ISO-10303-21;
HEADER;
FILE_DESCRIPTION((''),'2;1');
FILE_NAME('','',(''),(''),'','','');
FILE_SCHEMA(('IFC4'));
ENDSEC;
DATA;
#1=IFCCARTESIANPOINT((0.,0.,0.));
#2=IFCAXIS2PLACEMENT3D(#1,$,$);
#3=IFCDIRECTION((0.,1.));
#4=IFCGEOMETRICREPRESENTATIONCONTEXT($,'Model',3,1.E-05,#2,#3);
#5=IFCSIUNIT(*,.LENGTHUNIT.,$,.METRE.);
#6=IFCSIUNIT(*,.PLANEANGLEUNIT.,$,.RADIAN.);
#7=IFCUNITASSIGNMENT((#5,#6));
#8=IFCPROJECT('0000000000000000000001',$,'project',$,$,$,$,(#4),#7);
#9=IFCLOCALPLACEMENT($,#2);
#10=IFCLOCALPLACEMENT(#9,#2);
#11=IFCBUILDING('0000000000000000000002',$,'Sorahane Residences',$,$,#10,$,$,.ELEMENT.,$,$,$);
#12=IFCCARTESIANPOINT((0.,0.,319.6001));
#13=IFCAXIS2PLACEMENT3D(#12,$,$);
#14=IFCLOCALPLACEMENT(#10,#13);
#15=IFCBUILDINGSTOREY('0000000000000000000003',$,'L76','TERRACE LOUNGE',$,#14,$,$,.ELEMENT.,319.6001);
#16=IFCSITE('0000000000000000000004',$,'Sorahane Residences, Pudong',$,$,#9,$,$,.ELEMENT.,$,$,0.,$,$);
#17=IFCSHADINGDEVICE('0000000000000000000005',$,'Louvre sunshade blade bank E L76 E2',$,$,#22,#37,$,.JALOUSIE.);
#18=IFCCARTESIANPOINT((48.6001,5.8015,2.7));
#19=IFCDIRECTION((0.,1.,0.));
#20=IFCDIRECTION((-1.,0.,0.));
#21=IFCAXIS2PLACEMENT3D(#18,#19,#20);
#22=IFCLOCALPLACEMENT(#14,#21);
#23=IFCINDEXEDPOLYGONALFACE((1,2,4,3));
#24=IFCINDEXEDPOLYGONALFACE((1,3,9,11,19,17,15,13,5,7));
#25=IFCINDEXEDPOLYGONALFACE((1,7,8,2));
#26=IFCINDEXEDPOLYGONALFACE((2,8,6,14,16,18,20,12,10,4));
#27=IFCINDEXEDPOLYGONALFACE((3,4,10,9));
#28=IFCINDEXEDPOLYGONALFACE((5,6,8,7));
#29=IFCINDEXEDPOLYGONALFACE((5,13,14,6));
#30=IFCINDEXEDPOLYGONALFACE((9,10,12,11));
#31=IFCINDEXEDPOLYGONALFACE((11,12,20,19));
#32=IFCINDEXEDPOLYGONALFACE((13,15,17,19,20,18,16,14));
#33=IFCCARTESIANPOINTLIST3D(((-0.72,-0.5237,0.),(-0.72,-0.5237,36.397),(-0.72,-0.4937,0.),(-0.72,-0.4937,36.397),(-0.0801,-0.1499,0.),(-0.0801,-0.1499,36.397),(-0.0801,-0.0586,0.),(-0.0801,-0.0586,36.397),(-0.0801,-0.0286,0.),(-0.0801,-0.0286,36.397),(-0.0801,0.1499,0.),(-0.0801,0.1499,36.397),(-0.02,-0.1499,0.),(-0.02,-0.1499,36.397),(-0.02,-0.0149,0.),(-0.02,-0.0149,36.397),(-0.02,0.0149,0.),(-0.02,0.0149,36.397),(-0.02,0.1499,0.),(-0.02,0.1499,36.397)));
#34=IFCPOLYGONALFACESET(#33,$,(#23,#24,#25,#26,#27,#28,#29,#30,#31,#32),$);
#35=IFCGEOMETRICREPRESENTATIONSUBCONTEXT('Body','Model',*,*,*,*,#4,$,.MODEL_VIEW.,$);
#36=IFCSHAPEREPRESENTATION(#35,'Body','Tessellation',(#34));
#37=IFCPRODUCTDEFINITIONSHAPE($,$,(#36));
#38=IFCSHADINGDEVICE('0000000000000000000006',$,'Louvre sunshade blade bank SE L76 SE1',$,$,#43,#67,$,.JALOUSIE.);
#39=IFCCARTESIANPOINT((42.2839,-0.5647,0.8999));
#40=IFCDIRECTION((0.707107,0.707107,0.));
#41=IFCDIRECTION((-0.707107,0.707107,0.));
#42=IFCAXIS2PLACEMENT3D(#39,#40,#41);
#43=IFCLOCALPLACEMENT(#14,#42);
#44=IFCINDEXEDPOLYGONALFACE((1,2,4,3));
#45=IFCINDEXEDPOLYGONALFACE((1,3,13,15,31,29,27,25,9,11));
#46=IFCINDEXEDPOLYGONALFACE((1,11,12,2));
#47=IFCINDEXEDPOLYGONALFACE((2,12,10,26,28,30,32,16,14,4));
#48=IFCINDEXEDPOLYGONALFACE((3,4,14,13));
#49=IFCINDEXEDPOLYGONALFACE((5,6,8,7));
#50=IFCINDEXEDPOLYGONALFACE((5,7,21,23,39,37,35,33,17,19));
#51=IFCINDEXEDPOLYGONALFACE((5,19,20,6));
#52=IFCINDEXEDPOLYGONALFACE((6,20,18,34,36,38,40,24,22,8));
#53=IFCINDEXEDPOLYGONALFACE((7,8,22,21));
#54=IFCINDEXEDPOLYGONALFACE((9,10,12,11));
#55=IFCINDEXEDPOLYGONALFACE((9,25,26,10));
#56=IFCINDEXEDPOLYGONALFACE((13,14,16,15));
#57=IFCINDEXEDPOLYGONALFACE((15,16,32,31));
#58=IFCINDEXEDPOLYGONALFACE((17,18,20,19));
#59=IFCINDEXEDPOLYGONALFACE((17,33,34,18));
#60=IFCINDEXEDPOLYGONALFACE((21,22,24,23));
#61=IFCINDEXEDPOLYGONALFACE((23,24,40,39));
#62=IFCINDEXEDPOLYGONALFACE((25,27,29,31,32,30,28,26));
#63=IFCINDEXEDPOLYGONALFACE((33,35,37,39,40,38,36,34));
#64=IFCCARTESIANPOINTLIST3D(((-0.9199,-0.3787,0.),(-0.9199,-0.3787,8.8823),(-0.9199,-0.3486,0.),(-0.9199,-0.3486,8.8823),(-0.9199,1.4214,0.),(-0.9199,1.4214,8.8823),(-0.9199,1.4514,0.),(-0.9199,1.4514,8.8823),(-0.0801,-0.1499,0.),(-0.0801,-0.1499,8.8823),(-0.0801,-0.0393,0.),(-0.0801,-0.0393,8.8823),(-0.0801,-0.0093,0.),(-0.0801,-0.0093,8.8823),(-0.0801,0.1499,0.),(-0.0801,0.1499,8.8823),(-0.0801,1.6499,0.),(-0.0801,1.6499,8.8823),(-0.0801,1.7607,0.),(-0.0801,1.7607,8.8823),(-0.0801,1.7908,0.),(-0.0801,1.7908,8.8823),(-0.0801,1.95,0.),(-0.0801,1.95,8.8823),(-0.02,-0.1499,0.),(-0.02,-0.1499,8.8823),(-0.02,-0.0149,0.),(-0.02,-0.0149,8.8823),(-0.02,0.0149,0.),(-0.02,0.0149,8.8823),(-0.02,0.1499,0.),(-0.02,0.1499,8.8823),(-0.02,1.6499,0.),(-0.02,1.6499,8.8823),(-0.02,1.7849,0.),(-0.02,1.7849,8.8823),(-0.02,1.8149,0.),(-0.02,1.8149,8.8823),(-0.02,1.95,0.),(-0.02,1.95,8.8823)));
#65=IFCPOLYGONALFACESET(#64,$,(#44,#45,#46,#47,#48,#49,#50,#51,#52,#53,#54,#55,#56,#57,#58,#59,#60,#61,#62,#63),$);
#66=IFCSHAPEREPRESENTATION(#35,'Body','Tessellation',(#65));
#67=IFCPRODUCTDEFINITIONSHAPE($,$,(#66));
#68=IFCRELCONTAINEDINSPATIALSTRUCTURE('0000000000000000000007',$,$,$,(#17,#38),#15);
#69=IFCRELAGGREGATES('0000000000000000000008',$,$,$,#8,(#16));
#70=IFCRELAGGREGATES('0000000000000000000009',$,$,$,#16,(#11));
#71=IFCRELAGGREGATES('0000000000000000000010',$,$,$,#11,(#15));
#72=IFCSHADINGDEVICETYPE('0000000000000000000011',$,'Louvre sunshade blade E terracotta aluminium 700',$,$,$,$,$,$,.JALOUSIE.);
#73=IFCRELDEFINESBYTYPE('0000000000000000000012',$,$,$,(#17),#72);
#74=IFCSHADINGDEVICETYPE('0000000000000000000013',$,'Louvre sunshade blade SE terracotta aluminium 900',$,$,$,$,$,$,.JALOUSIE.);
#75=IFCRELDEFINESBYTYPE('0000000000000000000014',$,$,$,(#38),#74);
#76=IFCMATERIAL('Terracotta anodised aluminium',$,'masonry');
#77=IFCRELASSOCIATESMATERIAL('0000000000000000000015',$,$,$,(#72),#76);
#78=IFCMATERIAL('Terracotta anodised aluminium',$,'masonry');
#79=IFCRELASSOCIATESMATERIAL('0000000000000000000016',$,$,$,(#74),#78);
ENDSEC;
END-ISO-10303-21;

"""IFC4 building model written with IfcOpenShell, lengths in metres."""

from ifc_helpers import new_model, si_unit, direction, frame, origin, place, context, subcontext, project, spatial, polyline, outline, composite_profile, extrude, material, type_object, element, save


model = new_model("IFC4")

# Units and contexts
model_context = context("Model", 3, precision=1e-05, world=origin(), true_north=direction((0.0, 1.0)))
body_context = subcontext(model_context, "Body", "Model", "MODEL_VIEW")
ifc_project = project(units=[si_unit("LENGTHUNIT", "METRE"), si_unit("PLANEANGLEUNIT", "RADIAN")], contexts=[model_context])

# Site, building, storey
site_placement = place(None, origin())
site = spatial("IfcSite", under=ifc_project, at=site_placement, Name="Sorahane Residences, Pudong", CompositionType="ELEMENT", RefElevation=0.0)
building_placement = place(site_placement, origin())
building = spatial("IfcBuilding", under=site, at=building_placement, Name="Sorahane Residences", CompositionType="ELEMENT")
storey_placement = place(building_placement, frame((0.0, 0.0, 319.6001)))
storey = spatial("IfcBuildingStorey", under=building, at=storey_placement, Name="L76", Description="TERRACE LOUNGE", CompositionType="ELEMENT", Elevation=319.6001)

# Shading devices
ifc_material_1 = material(Name="Terracotta anodised aluminium", Category="masonry")
shading_device_type_1 = type_object("IfcShadingDeviceType", Name="Louvre sunshade blade E terracotta aluminium 700", PredefinedType="JALOUSIE", material=ifc_material_1)
shading_device_1_placement = place(storey_placement, frame((48.6001, 5.8015, 2.7), z_axis=(0.0, 1.0, 0.0), x_axis=(-1.0, 0.0, 0.0)))
element("IfcShadingDevice", 1, at=shading_device_1_placement, inside=storey, type_object=shading_device_type_1, Name="Louvre sunshade blade bank E L76 E2", PredefinedType="JALOUSIE", context=body_context, shape_type="SweptSolid", body=[
    extrude(outline(polyline([(-0.72, -0.4937), (-0.72, -0.5237), (-0.0801, -0.0586), (-0.0801, -0.1499), (-0.02, -0.1499), (-0.02, -0.0149), (-0.02, 0.0149), (-0.02, 0.1499), (-0.0801, 0.1499), (-0.0801, -0.0286), (-0.72, -0.4937)])), origin(), (0.0, 0.0, 1.0), 36.397),
])
ifc_material_2 = material(Name="Terracotta anodised aluminium", Category="masonry")
shading_device_type_2 = type_object("IfcShadingDeviceType", Name="Louvre sunshade blade SE terracotta aluminium 900", PredefinedType="JALOUSIE", material=ifc_material_2)
shading_device_2_placement = place(storey_placement, frame((42.2839, -0.5647, 0.8999), z_axis=(0.707107, 0.707107, 0.0), x_axis=(-0.707107, 0.707107, 0.0)))
element("IfcShadingDevice", 2, at=shading_device_2_placement, inside=storey, type_object=shading_device_type_2, Name="Louvre sunshade blade bank SE L76 SE1", PredefinedType="JALOUSIE", context=body_context, shape_type="SweptSolid", body=[
    extrude(composite_profile([outline(polyline([(-0.9199, -0.3486), (-0.9199, -0.3787), (-0.0801, -0.0393), (-0.0801, -0.1499), (-0.02, -0.1499), (-0.02, -0.0149), (-0.02, 0.0149), (-0.02, 0.1499), (-0.0801, 0.1499), (-0.0801, -0.0093), (-0.9199, -0.3486)])), outline(polyline([(-0.9199, 1.4514), (-0.9199, 1.4214), (-0.0801, 1.7607), (-0.0801, 1.6499), (-0.02, 1.6499), (-0.02, 1.7849), (-0.02, 1.8149), (-0.02, 1.95), (-0.0801, 1.95), (-0.0801, 1.7908), (-0.9199, 1.4514)]))]), origin(), (0.0, 0.0, 1.0), 8.8823),
])

save(model, "model.ifc")
